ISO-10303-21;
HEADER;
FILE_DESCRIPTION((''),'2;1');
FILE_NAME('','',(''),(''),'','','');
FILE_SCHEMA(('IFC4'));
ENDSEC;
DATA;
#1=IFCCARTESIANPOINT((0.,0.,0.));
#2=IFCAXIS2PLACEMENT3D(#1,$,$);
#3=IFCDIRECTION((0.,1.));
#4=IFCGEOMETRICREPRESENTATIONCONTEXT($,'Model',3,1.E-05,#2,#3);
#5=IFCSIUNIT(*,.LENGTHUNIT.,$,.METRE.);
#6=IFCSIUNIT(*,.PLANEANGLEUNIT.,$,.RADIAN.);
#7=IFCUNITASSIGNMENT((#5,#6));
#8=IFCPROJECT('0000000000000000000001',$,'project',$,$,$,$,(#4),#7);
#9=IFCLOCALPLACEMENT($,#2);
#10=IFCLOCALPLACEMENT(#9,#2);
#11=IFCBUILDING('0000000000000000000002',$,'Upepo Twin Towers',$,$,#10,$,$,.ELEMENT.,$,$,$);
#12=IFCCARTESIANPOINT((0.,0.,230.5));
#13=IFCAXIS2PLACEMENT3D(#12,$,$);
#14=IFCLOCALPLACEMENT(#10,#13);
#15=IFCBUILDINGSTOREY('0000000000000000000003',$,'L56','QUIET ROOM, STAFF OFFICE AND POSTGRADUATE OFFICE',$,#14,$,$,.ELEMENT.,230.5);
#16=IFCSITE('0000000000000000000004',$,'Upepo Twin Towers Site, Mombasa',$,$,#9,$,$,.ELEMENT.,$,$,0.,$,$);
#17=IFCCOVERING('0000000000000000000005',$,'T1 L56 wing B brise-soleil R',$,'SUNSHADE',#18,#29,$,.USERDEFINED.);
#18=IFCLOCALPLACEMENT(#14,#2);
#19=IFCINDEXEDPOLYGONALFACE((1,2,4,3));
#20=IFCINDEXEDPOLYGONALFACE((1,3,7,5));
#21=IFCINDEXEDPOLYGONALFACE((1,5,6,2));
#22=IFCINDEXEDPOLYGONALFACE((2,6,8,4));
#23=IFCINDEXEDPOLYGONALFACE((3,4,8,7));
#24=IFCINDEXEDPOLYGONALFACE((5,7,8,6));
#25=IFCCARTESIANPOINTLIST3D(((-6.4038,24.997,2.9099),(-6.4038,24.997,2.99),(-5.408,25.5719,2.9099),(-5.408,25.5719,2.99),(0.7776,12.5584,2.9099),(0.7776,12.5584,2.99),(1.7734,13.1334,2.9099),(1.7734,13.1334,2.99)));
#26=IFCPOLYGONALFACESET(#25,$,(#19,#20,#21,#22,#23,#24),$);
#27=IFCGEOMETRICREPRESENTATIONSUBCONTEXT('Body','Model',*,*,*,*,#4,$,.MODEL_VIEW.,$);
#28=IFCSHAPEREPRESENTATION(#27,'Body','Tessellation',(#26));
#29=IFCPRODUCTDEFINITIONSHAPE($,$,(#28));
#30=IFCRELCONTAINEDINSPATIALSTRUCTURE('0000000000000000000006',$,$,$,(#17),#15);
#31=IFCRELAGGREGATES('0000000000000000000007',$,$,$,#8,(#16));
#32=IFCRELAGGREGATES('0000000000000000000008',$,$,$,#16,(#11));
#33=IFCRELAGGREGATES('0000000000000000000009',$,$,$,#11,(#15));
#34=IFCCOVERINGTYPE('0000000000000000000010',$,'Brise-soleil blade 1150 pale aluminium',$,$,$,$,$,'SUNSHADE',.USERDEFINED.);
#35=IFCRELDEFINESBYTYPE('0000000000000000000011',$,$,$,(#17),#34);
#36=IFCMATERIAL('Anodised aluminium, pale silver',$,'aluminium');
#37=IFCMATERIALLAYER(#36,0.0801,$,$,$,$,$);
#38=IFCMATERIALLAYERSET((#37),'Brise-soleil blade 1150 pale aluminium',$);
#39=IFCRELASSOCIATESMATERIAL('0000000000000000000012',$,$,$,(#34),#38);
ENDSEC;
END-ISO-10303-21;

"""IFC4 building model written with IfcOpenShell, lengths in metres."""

from ifc_helpers import new_model, si_unit, direction, frame, origin, origin_2d, place, context, subcontext, project, spatial, rectangle, extrude, material, layer, layer_set, type_object, element, save


model = new_model("IFC4")

# Units and contexts
model_context = context("Model", 3, precision=1e-05, world=origin(), true_north=direction((0.0, 1.0)))
body_context = subcontext(model_context, "Body", "Model", "MODEL_VIEW")
ifc_project = project(units=[si_unit("LENGTHUNIT", "METRE"), si_unit("PLANEANGLEUNIT", "RADIAN")], contexts=[model_context])

# Site, building, storey
site_placement = place(None, origin())
site = spatial("IfcSite", under=ifc_project, at=site_placement, Name="Upepo Twin Towers Site, Mombasa", CompositionType="ELEMENT", RefElevation=0.0)
building_placement = place(site_placement, origin())
building = spatial("IfcBuilding", under=site, at=building_placement, Name="Upepo Twin Towers", CompositionType="ELEMENT")
storey_placement = place(building_placement, frame((0.0, 0.0, 230.5)))
storey = spatial("IfcBuildingStorey", under=building, at=storey_placement, Name="L56", Description="QUIET ROOM, STAFF OFFICE AND POSTGRADUATE OFFICE", CompositionType="ELEMENT", Elevation=230.5)

# Covering
ifc_material_1 = material(Name="Anodised aluminium, pale silver", Category="aluminium")
ifc_layer_1 = layer(ifc_material_1, 0.0801)
ifc_layer_set_1 = layer_set([ifc_layer_1], Name="Brise-soleil blade 1150 pale aluminium")
covering_type = type_object("IfcCoveringType", Name="Brise-soleil blade 1150 pale aluminium", ElementType="SUNSHADE", PredefinedType="USERDEFINED", material=ifc_layer_set_1)
covering_placement = place(storey_placement, frame((-2.3152, 19.0652, 2.9099), z_axis=(0.0, 0.0, 1.0), x_axis=(-0.5, 0.866025, 0.0)))
element("IfcCovering", 1, at=covering_placement, inside=storey, type_object=covering_type, Name="T1 L56 wing B brise-soleil R", ObjectType="SUNSHADE", PredefinedType="USERDEFINED", context=body_context, shape_type="SweptSolid", body=[
    extrude(rectangle(XDim=14.3628, YDim=1.1499, at=origin_2d()), origin(), (0.0, 0.0, 1.0), 0.0801),
])

save(model, "model.ifc")
